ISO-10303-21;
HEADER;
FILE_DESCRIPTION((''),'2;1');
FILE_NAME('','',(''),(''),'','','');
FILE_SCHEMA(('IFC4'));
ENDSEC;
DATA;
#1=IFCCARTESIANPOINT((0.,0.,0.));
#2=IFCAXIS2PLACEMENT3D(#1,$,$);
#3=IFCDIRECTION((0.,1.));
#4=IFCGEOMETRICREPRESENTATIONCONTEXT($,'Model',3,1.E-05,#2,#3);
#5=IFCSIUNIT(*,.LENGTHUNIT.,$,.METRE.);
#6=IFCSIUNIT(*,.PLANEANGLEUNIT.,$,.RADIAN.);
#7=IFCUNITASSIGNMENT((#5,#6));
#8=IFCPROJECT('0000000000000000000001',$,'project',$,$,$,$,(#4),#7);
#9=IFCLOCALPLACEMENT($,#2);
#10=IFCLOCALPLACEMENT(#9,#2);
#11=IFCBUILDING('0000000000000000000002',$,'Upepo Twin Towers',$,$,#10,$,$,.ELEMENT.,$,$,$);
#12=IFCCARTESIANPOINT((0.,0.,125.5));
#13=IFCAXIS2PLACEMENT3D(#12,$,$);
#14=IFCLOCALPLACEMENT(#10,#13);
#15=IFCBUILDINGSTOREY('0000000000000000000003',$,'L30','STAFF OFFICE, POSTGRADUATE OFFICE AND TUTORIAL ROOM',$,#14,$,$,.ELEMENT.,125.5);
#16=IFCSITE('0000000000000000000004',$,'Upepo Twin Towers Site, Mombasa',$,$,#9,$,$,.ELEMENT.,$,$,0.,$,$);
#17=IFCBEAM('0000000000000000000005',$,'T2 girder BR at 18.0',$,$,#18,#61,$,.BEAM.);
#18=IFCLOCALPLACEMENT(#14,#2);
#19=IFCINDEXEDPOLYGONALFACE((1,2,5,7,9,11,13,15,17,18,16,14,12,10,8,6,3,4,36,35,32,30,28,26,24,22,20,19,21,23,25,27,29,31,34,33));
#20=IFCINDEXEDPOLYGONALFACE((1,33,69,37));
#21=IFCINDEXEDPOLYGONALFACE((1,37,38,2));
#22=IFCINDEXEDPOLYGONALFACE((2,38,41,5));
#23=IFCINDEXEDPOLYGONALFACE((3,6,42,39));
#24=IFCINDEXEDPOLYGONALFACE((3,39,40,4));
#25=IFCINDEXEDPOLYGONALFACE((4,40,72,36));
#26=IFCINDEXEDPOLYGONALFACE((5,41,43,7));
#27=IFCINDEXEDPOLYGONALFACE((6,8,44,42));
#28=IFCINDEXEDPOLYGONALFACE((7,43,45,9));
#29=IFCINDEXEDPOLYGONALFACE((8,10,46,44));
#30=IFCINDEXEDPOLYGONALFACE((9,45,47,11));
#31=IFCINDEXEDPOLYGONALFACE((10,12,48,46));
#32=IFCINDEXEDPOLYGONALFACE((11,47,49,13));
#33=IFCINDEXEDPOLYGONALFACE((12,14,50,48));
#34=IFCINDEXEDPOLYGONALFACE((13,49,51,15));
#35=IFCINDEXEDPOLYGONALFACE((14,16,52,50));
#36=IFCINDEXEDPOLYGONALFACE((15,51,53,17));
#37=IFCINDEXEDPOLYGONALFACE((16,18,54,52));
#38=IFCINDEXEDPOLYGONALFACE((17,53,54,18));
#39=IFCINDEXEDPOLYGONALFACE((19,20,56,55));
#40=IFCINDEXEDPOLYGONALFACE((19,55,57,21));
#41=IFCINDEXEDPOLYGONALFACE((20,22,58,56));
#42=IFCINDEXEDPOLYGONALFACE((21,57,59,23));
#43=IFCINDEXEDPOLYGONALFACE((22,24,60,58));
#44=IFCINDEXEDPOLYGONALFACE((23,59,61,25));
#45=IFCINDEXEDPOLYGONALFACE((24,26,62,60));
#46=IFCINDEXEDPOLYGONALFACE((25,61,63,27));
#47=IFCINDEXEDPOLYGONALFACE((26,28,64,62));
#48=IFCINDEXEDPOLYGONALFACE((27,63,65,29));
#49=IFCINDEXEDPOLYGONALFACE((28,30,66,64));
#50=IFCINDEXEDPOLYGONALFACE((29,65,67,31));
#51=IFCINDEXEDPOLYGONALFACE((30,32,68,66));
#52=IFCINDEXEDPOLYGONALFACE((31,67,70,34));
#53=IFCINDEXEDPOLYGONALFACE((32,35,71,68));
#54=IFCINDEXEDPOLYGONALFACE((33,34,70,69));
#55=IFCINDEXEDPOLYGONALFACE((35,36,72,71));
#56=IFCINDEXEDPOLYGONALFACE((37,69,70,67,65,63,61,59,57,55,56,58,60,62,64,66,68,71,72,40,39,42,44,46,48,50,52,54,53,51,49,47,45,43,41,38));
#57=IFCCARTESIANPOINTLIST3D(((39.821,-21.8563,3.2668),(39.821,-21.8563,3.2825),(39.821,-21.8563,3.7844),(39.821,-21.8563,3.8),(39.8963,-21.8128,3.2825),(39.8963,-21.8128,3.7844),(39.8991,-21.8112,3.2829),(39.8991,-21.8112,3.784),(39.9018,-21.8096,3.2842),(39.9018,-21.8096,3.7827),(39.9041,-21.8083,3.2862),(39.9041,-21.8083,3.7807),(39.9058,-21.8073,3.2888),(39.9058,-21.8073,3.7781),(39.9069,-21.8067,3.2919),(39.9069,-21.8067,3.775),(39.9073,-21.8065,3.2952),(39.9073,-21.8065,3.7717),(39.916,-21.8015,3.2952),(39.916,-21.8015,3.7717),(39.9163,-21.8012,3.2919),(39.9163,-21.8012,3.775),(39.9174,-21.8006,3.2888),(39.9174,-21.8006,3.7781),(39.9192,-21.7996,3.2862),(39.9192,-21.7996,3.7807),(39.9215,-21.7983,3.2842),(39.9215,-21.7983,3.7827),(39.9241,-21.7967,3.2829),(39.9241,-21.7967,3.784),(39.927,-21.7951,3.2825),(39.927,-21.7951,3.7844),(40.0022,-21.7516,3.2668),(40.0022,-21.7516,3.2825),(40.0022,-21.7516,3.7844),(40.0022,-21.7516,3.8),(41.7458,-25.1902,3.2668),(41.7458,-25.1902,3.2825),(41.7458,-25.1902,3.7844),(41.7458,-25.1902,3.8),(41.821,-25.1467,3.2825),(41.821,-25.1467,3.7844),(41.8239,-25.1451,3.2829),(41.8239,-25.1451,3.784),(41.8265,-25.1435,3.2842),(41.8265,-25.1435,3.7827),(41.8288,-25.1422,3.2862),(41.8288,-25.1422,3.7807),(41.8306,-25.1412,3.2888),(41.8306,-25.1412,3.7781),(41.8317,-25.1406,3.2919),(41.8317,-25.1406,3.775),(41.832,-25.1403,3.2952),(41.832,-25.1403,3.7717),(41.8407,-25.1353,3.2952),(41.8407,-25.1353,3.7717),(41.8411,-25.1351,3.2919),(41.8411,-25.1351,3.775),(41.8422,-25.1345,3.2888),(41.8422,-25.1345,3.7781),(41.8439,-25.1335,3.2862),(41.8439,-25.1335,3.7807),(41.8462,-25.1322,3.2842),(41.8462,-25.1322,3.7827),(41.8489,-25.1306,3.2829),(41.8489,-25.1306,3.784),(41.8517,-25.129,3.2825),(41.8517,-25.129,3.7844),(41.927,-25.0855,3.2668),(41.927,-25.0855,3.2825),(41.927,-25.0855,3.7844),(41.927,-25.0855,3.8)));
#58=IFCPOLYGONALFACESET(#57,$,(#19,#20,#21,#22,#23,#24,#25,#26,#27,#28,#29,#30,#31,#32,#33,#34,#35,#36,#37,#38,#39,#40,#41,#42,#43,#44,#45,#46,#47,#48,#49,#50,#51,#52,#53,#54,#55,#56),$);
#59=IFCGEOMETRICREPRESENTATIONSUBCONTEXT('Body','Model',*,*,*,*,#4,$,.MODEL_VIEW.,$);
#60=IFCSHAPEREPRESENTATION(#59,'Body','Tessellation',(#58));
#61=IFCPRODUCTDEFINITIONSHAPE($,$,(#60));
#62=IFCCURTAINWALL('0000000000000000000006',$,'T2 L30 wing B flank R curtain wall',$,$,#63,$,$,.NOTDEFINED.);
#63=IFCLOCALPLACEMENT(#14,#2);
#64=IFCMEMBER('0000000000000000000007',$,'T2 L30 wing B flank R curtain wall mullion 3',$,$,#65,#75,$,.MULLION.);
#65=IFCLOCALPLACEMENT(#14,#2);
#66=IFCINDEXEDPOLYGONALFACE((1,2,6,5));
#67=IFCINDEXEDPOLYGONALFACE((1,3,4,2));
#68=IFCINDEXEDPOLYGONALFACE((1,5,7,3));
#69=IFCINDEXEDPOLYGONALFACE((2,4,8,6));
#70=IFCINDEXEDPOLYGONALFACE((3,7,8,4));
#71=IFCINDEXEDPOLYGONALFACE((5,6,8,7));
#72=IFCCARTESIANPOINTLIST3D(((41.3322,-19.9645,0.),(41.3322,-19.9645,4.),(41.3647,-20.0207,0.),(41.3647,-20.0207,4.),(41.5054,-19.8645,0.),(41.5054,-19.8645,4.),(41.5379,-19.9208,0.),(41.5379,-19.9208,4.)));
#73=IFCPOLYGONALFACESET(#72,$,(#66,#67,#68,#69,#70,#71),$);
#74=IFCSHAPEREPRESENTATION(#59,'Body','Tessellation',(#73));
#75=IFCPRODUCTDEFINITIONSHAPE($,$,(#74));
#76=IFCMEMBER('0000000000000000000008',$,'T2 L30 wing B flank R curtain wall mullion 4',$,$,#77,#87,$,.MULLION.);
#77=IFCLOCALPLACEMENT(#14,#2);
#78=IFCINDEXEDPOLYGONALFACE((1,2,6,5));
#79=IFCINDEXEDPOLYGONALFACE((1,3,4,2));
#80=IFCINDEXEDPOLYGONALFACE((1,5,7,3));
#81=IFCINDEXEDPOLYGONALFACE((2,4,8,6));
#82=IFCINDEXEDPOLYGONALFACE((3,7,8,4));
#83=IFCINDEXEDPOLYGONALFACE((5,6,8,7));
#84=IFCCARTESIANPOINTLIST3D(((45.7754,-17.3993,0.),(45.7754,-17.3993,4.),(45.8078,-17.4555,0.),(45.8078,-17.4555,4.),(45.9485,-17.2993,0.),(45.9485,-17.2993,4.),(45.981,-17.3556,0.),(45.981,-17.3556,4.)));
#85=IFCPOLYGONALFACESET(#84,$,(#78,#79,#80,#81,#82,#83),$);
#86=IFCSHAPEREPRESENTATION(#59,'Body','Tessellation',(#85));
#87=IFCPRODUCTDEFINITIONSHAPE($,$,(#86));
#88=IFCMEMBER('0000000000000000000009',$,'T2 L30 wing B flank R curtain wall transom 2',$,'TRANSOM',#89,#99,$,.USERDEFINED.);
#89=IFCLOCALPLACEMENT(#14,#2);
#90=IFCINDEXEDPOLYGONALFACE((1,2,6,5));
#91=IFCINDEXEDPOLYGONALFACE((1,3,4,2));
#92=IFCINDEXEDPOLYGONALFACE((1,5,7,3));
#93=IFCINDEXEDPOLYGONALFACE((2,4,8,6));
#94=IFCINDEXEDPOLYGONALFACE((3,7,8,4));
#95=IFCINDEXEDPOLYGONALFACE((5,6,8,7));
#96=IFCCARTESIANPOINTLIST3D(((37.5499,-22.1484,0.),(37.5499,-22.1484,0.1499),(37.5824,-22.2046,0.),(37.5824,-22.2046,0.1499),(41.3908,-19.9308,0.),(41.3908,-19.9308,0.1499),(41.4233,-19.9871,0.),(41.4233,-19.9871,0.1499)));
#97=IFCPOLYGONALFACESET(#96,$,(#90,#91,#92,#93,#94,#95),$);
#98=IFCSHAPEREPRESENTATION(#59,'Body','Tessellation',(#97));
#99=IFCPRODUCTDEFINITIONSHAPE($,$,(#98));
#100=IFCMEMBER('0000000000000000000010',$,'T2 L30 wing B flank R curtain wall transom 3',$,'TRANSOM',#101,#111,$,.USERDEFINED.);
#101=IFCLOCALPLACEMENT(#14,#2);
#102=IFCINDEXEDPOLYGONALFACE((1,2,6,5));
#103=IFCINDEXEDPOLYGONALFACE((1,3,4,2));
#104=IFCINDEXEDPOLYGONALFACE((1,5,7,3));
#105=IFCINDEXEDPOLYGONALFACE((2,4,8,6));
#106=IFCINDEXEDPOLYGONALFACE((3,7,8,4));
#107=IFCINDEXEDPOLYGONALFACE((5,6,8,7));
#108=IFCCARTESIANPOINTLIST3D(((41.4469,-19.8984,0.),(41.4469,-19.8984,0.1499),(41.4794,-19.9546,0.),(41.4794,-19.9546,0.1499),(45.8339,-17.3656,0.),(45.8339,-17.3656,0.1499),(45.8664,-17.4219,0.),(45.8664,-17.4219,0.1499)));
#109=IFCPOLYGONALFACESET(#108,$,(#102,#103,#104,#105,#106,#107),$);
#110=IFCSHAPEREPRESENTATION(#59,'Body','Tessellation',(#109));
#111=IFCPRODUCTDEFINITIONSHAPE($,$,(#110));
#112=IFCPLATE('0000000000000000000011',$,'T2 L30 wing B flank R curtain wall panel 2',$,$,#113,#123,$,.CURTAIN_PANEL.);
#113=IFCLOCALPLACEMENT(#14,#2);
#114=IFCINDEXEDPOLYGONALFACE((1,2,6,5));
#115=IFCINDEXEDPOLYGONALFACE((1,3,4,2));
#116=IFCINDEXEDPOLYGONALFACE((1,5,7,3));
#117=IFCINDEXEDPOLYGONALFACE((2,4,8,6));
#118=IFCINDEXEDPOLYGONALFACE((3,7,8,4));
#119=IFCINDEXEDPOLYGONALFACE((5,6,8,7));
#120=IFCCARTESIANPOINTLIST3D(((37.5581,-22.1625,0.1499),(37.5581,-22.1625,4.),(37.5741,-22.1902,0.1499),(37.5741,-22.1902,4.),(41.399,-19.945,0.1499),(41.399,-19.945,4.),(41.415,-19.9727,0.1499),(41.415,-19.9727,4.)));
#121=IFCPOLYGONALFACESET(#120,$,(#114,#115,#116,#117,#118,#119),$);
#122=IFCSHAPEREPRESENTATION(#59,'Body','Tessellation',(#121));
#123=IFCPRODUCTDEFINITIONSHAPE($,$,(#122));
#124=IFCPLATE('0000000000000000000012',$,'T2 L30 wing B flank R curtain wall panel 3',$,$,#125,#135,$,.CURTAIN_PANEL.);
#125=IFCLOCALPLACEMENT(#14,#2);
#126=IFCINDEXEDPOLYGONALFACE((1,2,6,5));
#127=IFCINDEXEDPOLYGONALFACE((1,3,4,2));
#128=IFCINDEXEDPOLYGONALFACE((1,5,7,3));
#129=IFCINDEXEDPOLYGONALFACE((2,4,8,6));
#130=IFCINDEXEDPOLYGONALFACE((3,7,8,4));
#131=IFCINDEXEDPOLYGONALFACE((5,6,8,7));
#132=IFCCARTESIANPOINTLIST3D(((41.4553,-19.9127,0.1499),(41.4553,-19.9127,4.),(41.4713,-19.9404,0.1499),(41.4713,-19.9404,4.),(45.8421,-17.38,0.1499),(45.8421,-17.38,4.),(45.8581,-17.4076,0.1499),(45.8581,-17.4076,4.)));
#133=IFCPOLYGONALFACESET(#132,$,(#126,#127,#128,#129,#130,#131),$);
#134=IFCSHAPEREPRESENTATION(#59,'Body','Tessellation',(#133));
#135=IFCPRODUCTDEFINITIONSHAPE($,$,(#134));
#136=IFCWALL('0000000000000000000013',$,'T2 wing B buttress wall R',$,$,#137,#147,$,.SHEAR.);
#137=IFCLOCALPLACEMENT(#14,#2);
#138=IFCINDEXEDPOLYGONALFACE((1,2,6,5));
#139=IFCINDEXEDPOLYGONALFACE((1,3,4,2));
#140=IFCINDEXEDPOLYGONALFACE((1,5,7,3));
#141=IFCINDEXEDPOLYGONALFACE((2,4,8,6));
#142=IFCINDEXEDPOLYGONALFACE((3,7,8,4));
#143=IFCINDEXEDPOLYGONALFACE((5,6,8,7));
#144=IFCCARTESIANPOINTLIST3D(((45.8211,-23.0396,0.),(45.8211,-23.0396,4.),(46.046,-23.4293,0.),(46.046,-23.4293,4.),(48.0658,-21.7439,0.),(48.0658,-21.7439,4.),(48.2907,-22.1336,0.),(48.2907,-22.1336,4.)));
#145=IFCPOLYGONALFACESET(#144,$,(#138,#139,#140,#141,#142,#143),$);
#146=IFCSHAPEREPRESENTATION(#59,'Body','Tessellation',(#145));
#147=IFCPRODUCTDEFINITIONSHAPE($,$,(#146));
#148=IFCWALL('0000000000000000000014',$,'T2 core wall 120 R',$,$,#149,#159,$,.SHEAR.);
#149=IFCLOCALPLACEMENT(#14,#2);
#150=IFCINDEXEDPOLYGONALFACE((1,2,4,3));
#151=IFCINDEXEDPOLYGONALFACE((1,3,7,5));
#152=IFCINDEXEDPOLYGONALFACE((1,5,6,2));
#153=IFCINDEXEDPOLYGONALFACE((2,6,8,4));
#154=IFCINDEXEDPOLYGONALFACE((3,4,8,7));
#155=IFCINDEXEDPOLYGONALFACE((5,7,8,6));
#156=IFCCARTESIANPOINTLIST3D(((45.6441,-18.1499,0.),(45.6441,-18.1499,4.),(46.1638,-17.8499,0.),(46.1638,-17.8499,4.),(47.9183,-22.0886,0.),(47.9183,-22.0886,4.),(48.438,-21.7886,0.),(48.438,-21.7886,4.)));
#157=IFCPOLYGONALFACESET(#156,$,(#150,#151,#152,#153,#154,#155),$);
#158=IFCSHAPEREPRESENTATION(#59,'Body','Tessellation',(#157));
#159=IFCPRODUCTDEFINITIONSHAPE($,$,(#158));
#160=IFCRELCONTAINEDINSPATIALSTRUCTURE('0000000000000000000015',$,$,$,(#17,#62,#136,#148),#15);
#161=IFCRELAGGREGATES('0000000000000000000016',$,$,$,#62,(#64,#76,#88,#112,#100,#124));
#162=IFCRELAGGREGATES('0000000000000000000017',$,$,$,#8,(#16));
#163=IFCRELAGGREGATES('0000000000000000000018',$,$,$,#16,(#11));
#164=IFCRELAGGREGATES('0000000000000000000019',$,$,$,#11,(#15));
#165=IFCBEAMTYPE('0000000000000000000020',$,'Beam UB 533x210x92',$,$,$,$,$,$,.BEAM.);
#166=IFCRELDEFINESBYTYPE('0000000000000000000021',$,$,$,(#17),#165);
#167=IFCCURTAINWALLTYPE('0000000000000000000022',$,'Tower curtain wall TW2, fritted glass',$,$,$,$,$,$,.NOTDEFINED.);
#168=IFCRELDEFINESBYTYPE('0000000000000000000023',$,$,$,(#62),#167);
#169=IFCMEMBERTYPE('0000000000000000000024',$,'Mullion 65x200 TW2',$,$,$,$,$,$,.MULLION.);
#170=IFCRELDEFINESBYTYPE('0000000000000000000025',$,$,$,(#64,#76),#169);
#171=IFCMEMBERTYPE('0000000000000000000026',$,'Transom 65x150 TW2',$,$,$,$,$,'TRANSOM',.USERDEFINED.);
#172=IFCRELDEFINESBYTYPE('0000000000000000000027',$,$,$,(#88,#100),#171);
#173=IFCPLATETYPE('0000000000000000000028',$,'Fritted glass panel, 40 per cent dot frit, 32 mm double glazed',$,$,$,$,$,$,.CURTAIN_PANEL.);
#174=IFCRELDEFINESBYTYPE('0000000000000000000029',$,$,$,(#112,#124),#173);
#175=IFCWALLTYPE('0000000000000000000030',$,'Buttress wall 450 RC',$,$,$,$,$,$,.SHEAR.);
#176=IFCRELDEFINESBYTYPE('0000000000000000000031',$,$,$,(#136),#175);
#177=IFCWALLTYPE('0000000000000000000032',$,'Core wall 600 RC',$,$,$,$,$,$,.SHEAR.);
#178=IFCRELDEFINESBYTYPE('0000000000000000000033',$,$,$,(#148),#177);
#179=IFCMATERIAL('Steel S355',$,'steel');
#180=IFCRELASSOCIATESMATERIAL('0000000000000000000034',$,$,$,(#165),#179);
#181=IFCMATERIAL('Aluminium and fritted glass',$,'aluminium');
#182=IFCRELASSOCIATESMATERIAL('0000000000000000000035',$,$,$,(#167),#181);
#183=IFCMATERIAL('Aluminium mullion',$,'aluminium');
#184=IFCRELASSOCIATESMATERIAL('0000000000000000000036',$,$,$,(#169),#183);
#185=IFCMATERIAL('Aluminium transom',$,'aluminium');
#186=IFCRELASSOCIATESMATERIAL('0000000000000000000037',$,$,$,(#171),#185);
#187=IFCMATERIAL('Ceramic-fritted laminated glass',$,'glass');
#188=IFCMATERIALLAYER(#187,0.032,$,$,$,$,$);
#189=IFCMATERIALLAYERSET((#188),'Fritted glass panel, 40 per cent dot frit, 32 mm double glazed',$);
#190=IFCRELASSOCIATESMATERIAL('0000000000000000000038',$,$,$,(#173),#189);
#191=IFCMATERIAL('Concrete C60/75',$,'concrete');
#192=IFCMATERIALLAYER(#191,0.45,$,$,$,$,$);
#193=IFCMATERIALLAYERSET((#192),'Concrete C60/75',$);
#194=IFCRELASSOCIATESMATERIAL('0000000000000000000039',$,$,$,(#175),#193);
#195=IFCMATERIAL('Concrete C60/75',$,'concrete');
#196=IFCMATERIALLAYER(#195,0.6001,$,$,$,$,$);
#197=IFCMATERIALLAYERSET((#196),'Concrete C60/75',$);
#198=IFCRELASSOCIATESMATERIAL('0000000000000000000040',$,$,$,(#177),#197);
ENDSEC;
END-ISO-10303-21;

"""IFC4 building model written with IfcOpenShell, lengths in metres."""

from ifc_helpers import new_model, si_unit, direction, frame, frame_2d, origin, origin_2d, place, context, subcontext, project, spatial, rectangle, i_section, extrude, material, layer, layer_set, material_profile, profile_set, type_object, element, aggregate, save


model = new_model("IFC4")

# Units and contexts
model_context = context("Model", 3, precision=1e-05, world=origin(), true_north=direction((0.0, 1.0)))
body_context = subcontext(model_context, "Body", "Model", "MODEL_VIEW")
ifc_project = project(units=[si_unit("LENGTHUNIT", "METRE"), si_unit("PLANEANGLEUNIT", "RADIAN")], contexts=[model_context])

# Site, building, storey
site_placement = place(None, origin())
site = spatial("IfcSite", under=ifc_project, at=site_placement, Name="Upepo Twin Towers Site, Mombasa", CompositionType="ELEMENT", RefElevation=0.0)
building_placement = place(site_placement, origin())
building = spatial("IfcBuilding", under=site, at=building_placement, Name="Upepo Twin Towers", CompositionType="ELEMENT")
storey_placement = place(building_placement, frame((0.0, 0.0, 125.5)))
storey = spatial("IfcBuildingStorey", under=building, at=storey_placement, Name="L30", Description="STAFF OFFICE, POSTGRADUATE OFFICE AND TUTORIAL ROOM", CompositionType="ELEMENT", Elevation=125.5)

# Beam
ifc_material_1 = material(Name="Steel S355", Category="steel")
ifc_material_profile_1 = material_profile(ifc_material_1, i_section(OverallWidth=0.2092, OverallDepth=0.5332, WebThickness=0.01, FlangeThickness=0.0156, FilletRadius=0.0127, at=origin_2d()), Name="UB 533x210x92")
ifc_profile_set_1 = profile_set([ifc_material_profile_1], Name="Steel S355")
beam_type_1 = type_object("IfcBeamType", Name="Beam UB 533x210x92", PredefinedType="BEAM", material=ifc_profile_set_1)
beam_1_placement = place(storey_placement, frame((39.9116, -21.804, 3.5334), z_axis=(0.499986, -0.866034, 0.0), x_axis=(0.866034, 0.499986, 0.0)))
element("IfcBeam", 1, at=beam_1_placement, inside=storey, type_object=beam_type_1, Name="T2 girder BR at 18.0", PredefinedType="BEAM", context=body_context, shape_type="SweptSolid", body=[
    extrude(i_section(OverallWidth=0.2092, OverallDepth=0.5332, WebThickness=0.01, FlangeThickness=0.0156, FilletRadius=0.0127, at=origin_2d()), origin(), (0.0, 0.0, 1.0), 3.8496),
])

# Curtain wall, members, plates
ifc_material_2 = material(Name="Aluminium and fritted glass", Category="aluminium")
curtain_wall_type = type_object("IfcCurtainWallType", Name="Tower curtain wall TW2, fritted glass", PredefinedType="NOTDEFINED", material=ifc_material_2)
curtain_wall_placement = place(storey_placement, origin())
curtain_wall = element("IfcCurtainWall", 2, at=curtain_wall_placement, inside=storey, type_object=curtain_wall_type, Name="T2 L30 wing B flank R curtain wall", PredefinedType="NOTDEFINED")
ifc_material_3 = material(Name="Aluminium mullion", Category="aluminium")
ifc_material_profile_2 = material_profile(ifc_material_3, rectangle(XDim=0.0649, YDim=0.2, at=origin_2d()), Name="MULLION 65x200")
ifc_profile_set_2 = profile_set([ifc_material_profile_2], Name="Aluminium mullion")
member_type_1 = type_object("IfcMemberType", Name="Mullion 65x200 TW2", PredefinedType="MULLION", material=ifc_profile_set_2)
member_1_placement = place(storey_placement, frame((41.4351, -19.9426, 0.0), z_axis=(0.0, 0.0, 1.0), x_axis=(-0.5, 0.866025, 0.0)))
member_1 = element("IfcMember", 3, at=member_1_placement, type_object=member_type_1, Name="T2 L30 wing B flank R curtain wall mullion 3", PredefinedType="MULLION", context=body_context, shape_type="SweptSolid", body=[
    extrude(rectangle(XDim=0.0649, YDim=0.2, at=origin_2d()), origin(), (0.0, 0.0, 1.0), 4.0),
])
member_2_placement = place(storey_placement, frame((45.8782, -17.3774, 0.0), z_axis=(0.0, 0.0, 1.0), x_axis=(-0.5, 0.866025, 0.0)))
member_2 = element("IfcMember", 4, at=member_2_placement, type_object=member_type_1, Name="T2 L30 wing B flank R curtain wall mullion 4", PredefinedType="MULLION", context=body_context, shape_type="SweptSolid", body=[
    extrude(rectangle(XDim=0.0649, YDim=0.2, at=origin_2d()), origin(), (0.0, 0.0, 1.0), 4.0),
])
ifc_material_4 = material(Name="Aluminium transom", Category="aluminium")
ifc_material_profile_3 = material_profile(ifc_material_4, rectangle(XDim=0.0649, YDim=0.1499, at=origin_2d()), Name="TRANSOM 65x150")
ifc_profile_set_3 = profile_set([ifc_material_profile_3], Name="Aluminium transom")
member_type_2 = type_object("IfcMemberType", Name="Transom 65x150 TW2", ElementType="TRANSOM", PredefinedType="USERDEFINED", material=ifc_profile_set_3)
member_3_placement = place(storey_placement, frame((37.5662, -22.1765, 0.075), z_axis=(0.866022, 0.500005, 0.0), x_axis=(-0.500005, 0.866022, 0.0)))
member_3 = element("IfcMember", 5, at=member_3_placement, type_object=member_type_2, Name="T2 L30 wing B flank R curtain wall transom 2", ObjectType="TRANSOM", PredefinedType="USERDEFINED", context=body_context, shape_type="SweptSolid", body=[
    extrude(rectangle(XDim=0.0649, YDim=0.1499, at=origin_2d()), origin(), (0.0, 0.0, 1.0), 4.4351),
])
member_4_placement = place(storey_placement, frame((41.4631, -19.9265, 0.075), z_axis=(0.866034, 0.499985, 0.0), x_axis=(-0.499985, 0.866034, 0.0)))
member_4 = element("IfcMember", 6, at=member_4_placement, type_object=member_type_2, Name="T2 L30 wing B flank R curtain wall transom 3", ObjectType="TRANSOM", PredefinedType="USERDEFINED", context=body_context, shape_type="SweptSolid", body=[
    extrude(rectangle(XDim=0.0649, YDim=0.1499, at=origin_2d()), origin(), (0.0, 0.0, 1.0), 5.0657),
])
ifc_material_5 = material(Name="Ceramic-fritted laminated glass", Category="glass")
ifc_layer_1 = layer(ifc_material_5, 0.032)
ifc_layer_set_1 = layer_set([ifc_layer_1], Name="Fritted glass panel, 40 per cent dot frit, 32 mm double glazed")
plate_type = type_object("IfcPlateType", Name="Fritted glass panel, 40 per cent dot frit, 32 mm double glazed", PredefinedType="CURTAIN_PANEL", material=ifc_layer_set_1)
plate_1_placement = place(storey_placement, frame((39.4866, -21.0676, 0.1499), z_axis=(0.0, 0.0, 1.0), x_axis=(0.866025, 0.5, 0.0)))
plate_1 = element("IfcPlate", 7, at=plate_1_placement, type_object=plate_type, Name="T2 L30 wing B flank R curtain wall panel 2", PredefinedType="CURTAIN_PANEL", context=body_context, shape_type="SweptSolid", body=[
    extrude(rectangle(XDim=4.4351, YDim=0.032, at=origin_2d()), origin(), (0.0, 0.0, 1.0), 3.8501),
])
plate_2_placement = place(storey_placement, frame((43.6567, -18.6602, 0.1499), z_axis=(0.0, 0.0, 1.0), x_axis=(0.866025, 0.5, 0.0)))
plate_2 = element("IfcPlate", 8, at=plate_2_placement, type_object=plate_type, Name="T2 L30 wing B flank R curtain wall panel 3", PredefinedType="CURTAIN_PANEL", context=body_context, shape_type="SweptSolid", body=[
    extrude(rectangle(XDim=5.0654, YDim=0.032, at=origin_2d()), origin(), (0.0, 0.0, 1.0), 3.8501),
])
aggregate(curtain_wall, [member_1, member_2, member_3, plate_1, member_4, plate_2])

# Walls
ifc_material_6 = material(Name="Concrete C60/75", Category="concrete")
ifc_layer_2 = layer(ifc_material_6, 0.45)
ifc_layer_set_2 = layer_set([ifc_layer_2], Name="Concrete C60/75")
wall_type_1 = type_object("IfcWallType", Name="Buttress wall 450 RC", PredefinedType="SHEAR", material=ifc_layer_set_2)
wall_1_placement = place(storey_placement, frame((48.1782, -21.9387, 0.0), z_axis=(0.0, 0.0, 1.0), x_axis=(-0.866073, -0.499918, 0.0)))
element("IfcWall", 9, at=wall_1_placement, inside=storey, type_object=wall_type_1, Name="T2 wing B buttress wall R", PredefinedType="SHEAR", context=body_context, shape_type="SweptSolid", body=[
    extrude(rectangle(XDim=2.5918, YDim=0.45, at=frame_2d((1.2959, 0.0))), origin(), (0.0, 0.0, 1.0), 4.0),
])
ifc_material_7 = material(Name="Concrete C60/75", Category="concrete")
ifc_layer_3 = layer(ifc_material_7, 0.6001)
ifc_layer_set_3 = layer_set([ifc_layer_3], Name="Concrete C60/75")
wall_type_2 = type_object("IfcWallType", Name="Core wall 600 RC", PredefinedType="SHEAR", material=ifc_layer_set_3)
wall_2_placement = place(storey_placement, frame((45.9041, -18.0, 0.0), z_axis=(0.0, 0.0, 1.0), x_axis=(0.500024, -0.866011, 0.0)))
element("IfcWall", 10, at=wall_2_placement, inside=storey, type_object=wall_type_2, Name="T2 core wall 120 R", PredefinedType="SHEAR", context=body_context, shape_type="SweptSolid", body=[
    extrude(rectangle(XDim=4.5481, YDim=0.6001, at=frame_2d((2.2739, 0.0))), origin(), (0.0, 0.0, 1.0), 4.0),
])

save(model, "model.ifc")
